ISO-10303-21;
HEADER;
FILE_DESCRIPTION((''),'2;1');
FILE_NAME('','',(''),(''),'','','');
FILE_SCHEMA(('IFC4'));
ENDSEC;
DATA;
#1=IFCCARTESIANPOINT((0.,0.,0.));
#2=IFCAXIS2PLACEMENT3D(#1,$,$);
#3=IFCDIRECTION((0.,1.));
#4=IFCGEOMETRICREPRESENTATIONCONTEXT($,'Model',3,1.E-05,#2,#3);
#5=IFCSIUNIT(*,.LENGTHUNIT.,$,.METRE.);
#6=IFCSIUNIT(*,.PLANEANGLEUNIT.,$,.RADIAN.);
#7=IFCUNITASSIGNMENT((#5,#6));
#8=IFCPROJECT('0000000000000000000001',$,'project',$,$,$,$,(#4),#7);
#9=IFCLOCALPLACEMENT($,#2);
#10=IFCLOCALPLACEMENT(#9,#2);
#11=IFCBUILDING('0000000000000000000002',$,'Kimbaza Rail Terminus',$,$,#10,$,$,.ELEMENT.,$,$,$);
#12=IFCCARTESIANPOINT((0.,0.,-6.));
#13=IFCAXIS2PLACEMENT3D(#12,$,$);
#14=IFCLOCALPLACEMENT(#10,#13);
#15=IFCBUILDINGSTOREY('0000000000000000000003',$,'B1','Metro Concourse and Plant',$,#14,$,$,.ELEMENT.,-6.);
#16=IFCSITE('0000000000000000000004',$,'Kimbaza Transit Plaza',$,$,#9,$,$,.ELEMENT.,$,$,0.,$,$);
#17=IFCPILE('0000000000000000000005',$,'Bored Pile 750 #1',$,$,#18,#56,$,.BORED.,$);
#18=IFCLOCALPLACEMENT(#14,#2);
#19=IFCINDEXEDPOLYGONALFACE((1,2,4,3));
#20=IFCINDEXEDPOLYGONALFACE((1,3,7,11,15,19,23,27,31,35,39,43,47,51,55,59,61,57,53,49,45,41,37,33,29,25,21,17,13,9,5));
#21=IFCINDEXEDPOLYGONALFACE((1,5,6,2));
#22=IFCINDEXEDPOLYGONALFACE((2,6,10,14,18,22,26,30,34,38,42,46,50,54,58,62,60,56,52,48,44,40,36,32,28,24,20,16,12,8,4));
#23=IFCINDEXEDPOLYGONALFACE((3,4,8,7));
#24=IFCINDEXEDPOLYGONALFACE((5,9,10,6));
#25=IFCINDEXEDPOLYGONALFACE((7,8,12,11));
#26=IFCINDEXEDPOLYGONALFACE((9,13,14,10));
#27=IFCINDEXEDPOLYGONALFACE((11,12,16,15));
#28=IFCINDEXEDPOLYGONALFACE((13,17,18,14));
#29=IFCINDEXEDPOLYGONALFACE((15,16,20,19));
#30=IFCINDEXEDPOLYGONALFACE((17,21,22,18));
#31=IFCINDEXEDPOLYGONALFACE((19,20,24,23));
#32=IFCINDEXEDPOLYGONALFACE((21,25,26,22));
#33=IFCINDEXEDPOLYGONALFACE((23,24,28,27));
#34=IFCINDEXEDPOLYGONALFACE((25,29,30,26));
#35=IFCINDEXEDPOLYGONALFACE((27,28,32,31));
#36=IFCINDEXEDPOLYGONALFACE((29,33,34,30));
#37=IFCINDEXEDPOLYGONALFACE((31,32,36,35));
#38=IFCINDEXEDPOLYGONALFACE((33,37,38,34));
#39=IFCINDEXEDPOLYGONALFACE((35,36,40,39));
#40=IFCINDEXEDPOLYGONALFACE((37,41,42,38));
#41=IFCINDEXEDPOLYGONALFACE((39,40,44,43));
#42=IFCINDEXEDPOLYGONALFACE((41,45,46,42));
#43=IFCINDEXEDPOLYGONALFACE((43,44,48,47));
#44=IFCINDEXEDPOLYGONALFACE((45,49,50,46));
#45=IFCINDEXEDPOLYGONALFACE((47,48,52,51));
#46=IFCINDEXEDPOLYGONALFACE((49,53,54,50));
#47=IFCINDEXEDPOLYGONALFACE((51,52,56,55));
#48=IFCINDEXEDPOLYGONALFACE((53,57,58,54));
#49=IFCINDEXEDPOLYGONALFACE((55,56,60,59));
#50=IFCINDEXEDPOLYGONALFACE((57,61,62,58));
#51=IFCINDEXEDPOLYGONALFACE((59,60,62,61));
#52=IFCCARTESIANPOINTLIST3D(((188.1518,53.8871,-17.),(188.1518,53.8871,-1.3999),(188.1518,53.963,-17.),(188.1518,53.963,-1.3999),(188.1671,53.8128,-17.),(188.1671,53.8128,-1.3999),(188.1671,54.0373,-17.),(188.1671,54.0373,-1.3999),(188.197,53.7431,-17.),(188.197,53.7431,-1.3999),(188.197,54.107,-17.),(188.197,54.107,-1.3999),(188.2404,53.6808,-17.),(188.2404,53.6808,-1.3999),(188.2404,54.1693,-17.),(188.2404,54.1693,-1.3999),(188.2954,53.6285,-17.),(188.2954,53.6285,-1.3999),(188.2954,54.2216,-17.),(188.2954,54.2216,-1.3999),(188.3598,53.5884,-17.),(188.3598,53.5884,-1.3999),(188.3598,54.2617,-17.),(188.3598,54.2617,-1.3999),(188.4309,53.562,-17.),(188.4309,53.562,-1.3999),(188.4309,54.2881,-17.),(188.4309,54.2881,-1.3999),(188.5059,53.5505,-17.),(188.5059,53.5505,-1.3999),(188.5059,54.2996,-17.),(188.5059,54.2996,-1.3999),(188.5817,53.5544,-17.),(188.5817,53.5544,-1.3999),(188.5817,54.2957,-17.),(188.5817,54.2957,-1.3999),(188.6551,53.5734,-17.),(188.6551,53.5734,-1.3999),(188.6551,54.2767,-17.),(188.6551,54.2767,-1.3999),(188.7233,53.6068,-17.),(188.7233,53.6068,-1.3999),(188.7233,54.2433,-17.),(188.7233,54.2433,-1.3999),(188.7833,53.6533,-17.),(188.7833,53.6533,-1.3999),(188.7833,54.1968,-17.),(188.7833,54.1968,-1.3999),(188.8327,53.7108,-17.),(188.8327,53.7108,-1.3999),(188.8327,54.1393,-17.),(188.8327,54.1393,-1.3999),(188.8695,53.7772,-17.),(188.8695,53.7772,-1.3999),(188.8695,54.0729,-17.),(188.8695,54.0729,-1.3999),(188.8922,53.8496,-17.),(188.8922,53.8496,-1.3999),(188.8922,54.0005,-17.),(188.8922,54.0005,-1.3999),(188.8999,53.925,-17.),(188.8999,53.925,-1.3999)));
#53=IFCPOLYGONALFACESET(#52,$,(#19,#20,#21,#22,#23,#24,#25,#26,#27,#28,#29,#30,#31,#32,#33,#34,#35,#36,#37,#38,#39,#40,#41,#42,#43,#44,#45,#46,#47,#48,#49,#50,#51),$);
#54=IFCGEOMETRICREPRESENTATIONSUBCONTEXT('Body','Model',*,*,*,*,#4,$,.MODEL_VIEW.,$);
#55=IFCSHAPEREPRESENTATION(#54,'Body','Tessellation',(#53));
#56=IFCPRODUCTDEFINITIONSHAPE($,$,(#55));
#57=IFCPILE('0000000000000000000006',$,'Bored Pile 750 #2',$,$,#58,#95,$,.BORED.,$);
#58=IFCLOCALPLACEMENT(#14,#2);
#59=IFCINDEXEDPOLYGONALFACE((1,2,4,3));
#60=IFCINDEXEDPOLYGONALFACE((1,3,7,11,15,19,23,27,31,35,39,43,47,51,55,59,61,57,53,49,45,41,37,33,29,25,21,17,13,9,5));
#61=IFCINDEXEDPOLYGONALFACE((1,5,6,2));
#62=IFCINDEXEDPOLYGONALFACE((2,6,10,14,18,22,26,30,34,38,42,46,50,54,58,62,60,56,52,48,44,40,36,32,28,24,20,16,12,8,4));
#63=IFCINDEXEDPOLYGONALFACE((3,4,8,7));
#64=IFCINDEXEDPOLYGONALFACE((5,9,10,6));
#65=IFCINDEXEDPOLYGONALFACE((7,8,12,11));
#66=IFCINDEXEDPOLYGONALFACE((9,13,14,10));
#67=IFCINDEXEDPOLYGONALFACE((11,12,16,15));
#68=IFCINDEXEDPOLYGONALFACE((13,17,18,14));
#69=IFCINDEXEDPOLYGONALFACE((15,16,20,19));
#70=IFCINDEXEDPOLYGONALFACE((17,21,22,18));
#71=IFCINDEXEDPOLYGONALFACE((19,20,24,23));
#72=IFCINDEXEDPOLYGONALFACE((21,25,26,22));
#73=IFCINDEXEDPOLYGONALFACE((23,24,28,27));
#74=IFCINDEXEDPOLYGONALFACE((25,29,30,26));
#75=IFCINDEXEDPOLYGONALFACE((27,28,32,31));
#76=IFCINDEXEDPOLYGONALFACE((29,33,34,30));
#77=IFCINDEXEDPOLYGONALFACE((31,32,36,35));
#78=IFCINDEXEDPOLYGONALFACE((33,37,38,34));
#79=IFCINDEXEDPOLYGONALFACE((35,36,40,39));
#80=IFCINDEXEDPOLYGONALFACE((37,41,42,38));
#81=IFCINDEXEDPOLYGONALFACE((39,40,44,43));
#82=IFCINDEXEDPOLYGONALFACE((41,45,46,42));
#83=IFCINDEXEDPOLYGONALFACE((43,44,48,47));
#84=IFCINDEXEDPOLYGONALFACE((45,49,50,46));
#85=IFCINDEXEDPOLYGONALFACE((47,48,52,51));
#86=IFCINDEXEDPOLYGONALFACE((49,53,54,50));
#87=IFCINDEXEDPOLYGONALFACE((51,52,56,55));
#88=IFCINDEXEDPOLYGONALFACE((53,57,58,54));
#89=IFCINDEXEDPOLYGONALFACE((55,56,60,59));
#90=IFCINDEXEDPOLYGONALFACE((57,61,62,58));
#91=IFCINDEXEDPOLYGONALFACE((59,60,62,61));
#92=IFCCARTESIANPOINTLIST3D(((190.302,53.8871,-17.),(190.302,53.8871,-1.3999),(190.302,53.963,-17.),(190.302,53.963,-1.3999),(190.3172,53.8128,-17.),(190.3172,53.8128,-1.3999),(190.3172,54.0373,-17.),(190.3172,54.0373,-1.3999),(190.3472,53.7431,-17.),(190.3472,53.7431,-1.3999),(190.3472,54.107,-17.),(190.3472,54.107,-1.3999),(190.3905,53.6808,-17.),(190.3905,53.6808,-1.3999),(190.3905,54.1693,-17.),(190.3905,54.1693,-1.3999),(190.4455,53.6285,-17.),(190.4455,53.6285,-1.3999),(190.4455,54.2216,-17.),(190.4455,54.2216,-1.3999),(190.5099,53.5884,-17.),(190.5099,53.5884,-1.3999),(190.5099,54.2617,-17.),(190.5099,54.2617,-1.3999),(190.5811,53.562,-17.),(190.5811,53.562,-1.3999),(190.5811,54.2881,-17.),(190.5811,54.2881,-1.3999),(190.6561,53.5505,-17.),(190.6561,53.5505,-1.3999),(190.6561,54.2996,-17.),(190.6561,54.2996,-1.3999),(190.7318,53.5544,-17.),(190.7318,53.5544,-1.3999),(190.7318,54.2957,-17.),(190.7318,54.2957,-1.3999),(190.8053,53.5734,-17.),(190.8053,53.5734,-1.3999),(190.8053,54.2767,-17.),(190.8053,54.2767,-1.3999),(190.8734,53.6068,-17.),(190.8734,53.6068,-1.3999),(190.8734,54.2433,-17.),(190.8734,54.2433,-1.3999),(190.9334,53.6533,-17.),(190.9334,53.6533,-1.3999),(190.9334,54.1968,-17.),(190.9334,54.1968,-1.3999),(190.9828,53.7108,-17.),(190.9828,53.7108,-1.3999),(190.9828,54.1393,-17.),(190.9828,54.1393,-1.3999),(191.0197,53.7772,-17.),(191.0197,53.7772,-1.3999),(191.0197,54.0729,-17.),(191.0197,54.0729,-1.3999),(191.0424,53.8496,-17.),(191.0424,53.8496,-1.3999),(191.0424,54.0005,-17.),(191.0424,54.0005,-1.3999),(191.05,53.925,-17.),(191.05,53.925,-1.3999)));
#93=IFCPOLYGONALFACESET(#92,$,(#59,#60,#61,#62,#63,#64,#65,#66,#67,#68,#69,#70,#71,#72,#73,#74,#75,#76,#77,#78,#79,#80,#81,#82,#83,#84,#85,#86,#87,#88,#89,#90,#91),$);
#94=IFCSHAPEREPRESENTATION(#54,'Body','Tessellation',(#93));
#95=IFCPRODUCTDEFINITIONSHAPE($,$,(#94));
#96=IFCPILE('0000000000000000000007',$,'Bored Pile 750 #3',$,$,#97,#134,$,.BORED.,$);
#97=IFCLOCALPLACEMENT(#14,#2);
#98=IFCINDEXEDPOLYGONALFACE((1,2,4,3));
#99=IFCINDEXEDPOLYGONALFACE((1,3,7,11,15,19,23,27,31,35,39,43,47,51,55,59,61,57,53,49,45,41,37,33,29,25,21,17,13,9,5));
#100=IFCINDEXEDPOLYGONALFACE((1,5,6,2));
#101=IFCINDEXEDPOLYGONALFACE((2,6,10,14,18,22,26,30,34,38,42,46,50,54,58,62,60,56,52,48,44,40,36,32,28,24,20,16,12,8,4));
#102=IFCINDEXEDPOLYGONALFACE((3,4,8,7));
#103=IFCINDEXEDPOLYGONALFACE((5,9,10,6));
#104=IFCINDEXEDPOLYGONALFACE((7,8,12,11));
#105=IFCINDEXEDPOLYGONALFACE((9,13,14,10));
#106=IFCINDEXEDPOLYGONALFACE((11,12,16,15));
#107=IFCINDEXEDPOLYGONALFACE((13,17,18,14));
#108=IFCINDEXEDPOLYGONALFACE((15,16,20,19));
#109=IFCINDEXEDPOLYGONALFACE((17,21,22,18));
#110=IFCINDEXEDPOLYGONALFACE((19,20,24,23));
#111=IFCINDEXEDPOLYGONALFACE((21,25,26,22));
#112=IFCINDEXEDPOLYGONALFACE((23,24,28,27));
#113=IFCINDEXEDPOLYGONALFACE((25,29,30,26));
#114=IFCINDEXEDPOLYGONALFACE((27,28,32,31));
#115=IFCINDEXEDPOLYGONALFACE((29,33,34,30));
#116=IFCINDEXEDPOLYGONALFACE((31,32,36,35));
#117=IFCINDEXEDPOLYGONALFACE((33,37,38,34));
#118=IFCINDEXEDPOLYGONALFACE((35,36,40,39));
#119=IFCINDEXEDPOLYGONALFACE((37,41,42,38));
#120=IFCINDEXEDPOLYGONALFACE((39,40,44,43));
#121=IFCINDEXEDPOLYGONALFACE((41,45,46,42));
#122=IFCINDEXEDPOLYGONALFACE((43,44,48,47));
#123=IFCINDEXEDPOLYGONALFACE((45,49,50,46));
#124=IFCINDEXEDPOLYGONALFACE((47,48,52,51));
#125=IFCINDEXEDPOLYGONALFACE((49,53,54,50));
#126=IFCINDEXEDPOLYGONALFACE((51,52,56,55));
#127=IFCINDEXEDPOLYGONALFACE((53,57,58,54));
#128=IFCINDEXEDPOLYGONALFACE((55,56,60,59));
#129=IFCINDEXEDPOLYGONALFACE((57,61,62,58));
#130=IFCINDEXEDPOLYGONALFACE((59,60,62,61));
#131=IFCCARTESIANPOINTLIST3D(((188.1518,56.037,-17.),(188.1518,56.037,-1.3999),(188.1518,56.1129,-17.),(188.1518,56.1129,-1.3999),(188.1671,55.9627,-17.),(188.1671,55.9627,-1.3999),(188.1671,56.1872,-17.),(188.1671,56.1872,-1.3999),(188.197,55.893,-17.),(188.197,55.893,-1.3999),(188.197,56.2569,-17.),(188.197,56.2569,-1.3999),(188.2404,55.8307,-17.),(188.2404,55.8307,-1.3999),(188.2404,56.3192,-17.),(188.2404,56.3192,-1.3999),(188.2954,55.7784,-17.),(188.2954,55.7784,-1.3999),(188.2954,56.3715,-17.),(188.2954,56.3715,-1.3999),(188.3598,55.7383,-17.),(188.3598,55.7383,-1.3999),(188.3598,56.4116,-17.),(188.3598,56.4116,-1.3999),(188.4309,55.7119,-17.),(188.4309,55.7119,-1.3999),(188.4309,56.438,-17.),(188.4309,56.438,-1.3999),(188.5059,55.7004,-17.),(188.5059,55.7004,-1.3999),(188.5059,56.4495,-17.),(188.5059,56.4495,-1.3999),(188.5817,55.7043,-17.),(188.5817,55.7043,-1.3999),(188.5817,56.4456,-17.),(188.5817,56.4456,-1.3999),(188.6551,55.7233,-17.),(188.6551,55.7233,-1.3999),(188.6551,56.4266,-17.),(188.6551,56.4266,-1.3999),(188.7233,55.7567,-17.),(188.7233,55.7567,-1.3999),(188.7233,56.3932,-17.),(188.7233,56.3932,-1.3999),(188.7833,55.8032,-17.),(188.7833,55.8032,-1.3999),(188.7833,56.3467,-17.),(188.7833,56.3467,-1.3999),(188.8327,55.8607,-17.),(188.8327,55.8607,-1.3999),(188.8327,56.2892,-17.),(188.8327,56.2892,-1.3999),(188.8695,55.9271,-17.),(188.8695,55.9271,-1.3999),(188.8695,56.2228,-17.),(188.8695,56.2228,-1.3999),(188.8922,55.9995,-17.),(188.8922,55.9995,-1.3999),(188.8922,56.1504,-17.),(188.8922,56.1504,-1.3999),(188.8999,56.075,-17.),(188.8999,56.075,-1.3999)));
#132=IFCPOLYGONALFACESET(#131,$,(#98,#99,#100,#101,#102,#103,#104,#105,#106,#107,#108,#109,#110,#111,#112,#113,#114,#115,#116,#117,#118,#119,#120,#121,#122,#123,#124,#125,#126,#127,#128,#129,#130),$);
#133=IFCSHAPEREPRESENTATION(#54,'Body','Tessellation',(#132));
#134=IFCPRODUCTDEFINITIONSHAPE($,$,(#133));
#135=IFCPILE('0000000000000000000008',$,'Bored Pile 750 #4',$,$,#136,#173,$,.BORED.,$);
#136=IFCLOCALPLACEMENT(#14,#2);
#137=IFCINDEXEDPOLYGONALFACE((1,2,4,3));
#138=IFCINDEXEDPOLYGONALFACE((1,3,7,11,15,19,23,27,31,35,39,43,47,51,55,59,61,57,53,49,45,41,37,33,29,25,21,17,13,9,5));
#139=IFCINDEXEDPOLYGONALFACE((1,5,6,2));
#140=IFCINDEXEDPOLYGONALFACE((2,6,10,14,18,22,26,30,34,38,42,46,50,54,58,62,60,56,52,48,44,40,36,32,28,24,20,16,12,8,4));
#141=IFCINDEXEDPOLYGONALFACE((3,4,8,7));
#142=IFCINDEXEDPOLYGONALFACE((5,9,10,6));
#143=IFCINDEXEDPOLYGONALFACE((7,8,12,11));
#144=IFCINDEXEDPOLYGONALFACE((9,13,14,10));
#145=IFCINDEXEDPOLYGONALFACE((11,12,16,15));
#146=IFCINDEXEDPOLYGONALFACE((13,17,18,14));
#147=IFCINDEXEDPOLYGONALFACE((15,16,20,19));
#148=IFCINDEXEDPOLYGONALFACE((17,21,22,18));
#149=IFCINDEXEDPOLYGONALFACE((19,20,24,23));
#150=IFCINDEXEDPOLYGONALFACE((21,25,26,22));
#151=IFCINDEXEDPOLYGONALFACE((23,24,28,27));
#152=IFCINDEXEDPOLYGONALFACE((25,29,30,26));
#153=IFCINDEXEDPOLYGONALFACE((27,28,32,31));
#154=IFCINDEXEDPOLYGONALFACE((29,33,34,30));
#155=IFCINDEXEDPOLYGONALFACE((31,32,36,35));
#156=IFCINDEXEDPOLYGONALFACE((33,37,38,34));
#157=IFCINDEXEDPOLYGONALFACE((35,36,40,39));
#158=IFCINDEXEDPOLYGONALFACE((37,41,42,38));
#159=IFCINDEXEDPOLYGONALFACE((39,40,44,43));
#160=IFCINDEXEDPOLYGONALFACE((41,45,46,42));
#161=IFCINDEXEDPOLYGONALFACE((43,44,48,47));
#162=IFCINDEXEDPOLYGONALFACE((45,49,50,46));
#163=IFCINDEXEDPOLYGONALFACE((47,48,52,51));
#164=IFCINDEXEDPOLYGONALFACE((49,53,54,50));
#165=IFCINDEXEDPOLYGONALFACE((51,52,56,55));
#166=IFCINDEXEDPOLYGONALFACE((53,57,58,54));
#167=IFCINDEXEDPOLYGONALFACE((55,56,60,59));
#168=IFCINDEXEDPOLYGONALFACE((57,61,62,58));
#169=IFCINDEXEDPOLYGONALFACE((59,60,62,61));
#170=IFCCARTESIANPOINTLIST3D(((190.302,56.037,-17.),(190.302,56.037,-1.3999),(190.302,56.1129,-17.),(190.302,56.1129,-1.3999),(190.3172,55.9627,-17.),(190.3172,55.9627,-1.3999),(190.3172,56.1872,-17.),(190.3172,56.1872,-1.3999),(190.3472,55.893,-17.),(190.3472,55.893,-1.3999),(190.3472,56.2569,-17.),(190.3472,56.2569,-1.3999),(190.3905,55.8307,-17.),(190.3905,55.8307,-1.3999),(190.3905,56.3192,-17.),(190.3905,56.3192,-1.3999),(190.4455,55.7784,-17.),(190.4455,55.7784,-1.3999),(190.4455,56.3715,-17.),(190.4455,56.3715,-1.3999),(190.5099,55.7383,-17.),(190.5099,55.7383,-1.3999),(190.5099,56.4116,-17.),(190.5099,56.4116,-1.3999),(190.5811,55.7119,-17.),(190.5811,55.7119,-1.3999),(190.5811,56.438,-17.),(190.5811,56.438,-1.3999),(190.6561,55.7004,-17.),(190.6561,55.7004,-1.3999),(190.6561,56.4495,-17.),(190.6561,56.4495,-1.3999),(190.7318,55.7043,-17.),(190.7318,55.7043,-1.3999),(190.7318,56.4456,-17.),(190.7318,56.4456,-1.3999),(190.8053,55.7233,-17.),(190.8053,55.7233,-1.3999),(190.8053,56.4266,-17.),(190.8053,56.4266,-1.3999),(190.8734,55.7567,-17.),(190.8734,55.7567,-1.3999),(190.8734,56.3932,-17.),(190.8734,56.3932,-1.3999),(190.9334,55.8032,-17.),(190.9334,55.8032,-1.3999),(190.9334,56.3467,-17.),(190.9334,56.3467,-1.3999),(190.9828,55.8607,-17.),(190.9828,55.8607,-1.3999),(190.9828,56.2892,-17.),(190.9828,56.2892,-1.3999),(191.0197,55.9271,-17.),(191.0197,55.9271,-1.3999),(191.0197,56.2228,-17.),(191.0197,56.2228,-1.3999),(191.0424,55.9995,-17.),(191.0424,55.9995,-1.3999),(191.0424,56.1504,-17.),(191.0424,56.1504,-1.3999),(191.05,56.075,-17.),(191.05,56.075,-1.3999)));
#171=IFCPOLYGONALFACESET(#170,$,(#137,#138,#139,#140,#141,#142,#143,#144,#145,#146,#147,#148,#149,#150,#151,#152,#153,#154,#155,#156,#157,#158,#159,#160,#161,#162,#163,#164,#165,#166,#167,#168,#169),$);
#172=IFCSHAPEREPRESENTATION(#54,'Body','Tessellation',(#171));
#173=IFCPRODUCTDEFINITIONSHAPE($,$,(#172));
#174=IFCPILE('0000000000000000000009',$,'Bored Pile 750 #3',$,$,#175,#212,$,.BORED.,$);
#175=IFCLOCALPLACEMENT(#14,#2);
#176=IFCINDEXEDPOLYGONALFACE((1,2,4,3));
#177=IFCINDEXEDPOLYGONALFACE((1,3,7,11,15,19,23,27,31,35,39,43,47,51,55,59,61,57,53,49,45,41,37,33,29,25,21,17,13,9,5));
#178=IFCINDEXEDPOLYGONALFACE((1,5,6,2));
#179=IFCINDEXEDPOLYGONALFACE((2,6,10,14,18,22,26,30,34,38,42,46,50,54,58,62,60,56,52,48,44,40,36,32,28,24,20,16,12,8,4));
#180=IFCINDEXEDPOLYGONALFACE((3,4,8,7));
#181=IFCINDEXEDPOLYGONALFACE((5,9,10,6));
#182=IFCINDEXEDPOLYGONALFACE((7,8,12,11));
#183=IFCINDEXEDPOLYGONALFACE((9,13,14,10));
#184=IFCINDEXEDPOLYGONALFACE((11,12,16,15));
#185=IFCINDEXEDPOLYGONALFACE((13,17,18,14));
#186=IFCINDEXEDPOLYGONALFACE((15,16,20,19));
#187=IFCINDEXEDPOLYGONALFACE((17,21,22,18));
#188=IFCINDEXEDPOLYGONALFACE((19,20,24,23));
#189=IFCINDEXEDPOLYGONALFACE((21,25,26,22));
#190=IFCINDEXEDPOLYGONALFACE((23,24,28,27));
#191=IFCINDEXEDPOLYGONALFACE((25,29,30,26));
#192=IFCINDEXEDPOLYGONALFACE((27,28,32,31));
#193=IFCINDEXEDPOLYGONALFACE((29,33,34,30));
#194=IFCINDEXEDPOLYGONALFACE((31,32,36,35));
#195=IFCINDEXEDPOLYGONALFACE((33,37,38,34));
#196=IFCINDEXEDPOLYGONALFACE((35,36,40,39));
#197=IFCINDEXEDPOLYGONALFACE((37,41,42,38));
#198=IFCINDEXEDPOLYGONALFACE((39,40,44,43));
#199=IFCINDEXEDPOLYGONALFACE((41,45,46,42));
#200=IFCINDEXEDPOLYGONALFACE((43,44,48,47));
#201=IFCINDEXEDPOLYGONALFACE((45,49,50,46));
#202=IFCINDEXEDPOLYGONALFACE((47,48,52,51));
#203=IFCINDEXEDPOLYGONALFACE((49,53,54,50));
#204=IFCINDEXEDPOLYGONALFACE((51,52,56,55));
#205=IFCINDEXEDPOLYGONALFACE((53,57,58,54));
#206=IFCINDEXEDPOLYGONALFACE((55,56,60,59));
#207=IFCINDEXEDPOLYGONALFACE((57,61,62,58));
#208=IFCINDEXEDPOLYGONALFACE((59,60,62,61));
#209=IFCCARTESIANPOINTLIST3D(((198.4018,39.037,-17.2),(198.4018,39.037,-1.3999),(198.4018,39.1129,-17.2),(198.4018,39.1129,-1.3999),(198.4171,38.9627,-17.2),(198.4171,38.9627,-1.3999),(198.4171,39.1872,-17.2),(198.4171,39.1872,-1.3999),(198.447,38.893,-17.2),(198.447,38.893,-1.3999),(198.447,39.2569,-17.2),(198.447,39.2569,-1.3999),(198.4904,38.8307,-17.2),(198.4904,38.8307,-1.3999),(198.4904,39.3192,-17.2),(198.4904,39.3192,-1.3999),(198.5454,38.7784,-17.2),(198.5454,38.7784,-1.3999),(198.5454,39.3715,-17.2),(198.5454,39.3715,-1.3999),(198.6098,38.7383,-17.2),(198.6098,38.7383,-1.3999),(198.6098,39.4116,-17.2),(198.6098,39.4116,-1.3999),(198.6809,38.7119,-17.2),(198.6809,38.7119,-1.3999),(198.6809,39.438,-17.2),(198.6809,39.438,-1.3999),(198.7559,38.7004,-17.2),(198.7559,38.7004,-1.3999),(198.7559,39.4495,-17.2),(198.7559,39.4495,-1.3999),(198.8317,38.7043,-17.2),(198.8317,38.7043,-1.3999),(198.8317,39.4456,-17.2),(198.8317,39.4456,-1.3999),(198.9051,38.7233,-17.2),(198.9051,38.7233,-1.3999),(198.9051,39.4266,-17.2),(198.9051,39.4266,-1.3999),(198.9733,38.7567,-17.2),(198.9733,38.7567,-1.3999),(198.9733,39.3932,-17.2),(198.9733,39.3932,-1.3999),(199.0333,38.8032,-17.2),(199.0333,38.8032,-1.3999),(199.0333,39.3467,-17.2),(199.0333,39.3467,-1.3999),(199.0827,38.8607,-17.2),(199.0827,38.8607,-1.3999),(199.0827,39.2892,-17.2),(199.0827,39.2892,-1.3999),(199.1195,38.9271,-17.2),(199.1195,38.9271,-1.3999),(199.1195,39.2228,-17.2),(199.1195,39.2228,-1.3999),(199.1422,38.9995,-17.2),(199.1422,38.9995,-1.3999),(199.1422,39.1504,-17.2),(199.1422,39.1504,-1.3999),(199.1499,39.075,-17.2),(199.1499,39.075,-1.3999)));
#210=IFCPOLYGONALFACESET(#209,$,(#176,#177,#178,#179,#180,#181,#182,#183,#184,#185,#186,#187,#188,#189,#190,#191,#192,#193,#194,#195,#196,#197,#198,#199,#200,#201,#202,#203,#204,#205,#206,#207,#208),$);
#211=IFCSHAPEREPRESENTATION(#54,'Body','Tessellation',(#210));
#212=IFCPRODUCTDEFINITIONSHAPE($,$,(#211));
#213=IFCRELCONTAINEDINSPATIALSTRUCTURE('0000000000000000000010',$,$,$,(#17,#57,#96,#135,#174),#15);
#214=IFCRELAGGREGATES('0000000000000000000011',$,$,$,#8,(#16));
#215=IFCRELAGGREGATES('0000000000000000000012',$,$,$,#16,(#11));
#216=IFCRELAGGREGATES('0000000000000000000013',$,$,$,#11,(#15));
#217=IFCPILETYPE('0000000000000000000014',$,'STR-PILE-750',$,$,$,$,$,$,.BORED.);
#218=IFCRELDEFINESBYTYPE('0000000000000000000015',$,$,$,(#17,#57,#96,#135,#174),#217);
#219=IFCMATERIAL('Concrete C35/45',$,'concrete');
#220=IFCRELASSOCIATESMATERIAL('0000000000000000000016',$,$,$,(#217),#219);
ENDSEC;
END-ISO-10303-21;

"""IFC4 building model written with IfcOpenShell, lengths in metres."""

from ifc_helpers import new_model, si_unit, direction, frame, origin, origin_2d, place, context, subcontext, project, spatial, circle, extrude, material, material_profile, profile_set, type_object, element, save


model = new_model("IFC4")

# Units and contexts
model_context = context("Model", 3, precision=1e-05, world=origin(), true_north=direction((0.0, 1.0)))
body_context = subcontext(model_context, "Body", "Model", "MODEL_VIEW")
ifc_project = project(units=[si_unit("LENGTHUNIT", "METRE"), si_unit("PLANEANGLEUNIT", "RADIAN")], contexts=[model_context])

# Site, building, storey
site_placement = place(None, origin())
site = spatial("IfcSite", under=ifc_project, at=site_placement, Name="Kimbaza Transit Plaza", CompositionType="ELEMENT", RefElevation=0.0)
building_placement = place(site_placement, origin())
building = spatial("IfcBuilding", under=site, at=building_placement, Name="Kimbaza Rail Terminus", CompositionType="ELEMENT")
storey_placement = place(building_placement, frame((0.0, 0.0, -6.0)))
storey = spatial("IfcBuildingStorey", under=building, at=storey_placement, Name="B1", Description="Metro Concourse and Plant", CompositionType="ELEMENT", Elevation=-6.0)

# Piles
ifc_material_1 = material(Name="Concrete C35/45", Category="concrete")
ifc_material_profile_1 = material_profile(ifc_material_1, circle(Radius=0.375, at=origin_2d()), Name="BORED PILE 750")
ifc_profile_set_1 = profile_set([ifc_material_profile_1], Name="Concrete C35/45")
pile_type_1 = type_object("IfcPileType", Name="STR-PILE-750", PredefinedType="BORED", material=ifc_profile_set_1)
for number, where, z_axis, x_axis, name in (
    (1, (188.5249, 53.925, -1.3999), (0.0, 0.0, -1.0), (1.0, 0.0, 0.0), "Bored Pile 750 #1"),
    (2, (190.675, 53.925, -1.3999), (0.0, 0.0, -1.0), (1.0, 0.0, 0.0), "Bored Pile 750 #2"),
    (3, (188.5249, 56.075, -1.3999), (0.0, 0.0, -1.0), (1.0, 0.0, 0.0), "Bored Pile 750 #3"),
    (4, (190.675, 56.075, -1.3999), (0.0, 0.0, -1.0), (1.0, 0.0, 0.0), "Bored Pile 750 #4"),
):
    element("IfcPile", number, at=place(storey_placement, frame(where, z_axis=z_axis, x_axis=x_axis)), inside=storey, type_object=pile_type_1, Name=name, PredefinedType="BORED", context=body_context, shape_type="SweptSolid", body=[
        extrude(circle(Radius=0.375, at=origin_2d()), origin(), (0.0, 0.0, 1.0), 15.6001),
    ])
for number, where, z_axis, x_axis, name in (
    (5, (198.7749, 39.075, -1.3999), (0.0, 0.0, -1.0), (1.0, 0.0, 0.0), "Bored Pile 750 #3"),
):
    element("IfcPile", number, at=place(storey_placement, frame(where, z_axis=z_axis, x_axis=x_axis)), inside=storey, type_object=pile_type_1, Name=name, PredefinedType="BORED", context=body_context, shape_type="SweptSolid", body=[
        extrude(circle(Radius=0.375, at=origin_2d()), origin(), (0.0, 0.0, 1.0), 15.8),
    ])

save(model, "model.ifc")
